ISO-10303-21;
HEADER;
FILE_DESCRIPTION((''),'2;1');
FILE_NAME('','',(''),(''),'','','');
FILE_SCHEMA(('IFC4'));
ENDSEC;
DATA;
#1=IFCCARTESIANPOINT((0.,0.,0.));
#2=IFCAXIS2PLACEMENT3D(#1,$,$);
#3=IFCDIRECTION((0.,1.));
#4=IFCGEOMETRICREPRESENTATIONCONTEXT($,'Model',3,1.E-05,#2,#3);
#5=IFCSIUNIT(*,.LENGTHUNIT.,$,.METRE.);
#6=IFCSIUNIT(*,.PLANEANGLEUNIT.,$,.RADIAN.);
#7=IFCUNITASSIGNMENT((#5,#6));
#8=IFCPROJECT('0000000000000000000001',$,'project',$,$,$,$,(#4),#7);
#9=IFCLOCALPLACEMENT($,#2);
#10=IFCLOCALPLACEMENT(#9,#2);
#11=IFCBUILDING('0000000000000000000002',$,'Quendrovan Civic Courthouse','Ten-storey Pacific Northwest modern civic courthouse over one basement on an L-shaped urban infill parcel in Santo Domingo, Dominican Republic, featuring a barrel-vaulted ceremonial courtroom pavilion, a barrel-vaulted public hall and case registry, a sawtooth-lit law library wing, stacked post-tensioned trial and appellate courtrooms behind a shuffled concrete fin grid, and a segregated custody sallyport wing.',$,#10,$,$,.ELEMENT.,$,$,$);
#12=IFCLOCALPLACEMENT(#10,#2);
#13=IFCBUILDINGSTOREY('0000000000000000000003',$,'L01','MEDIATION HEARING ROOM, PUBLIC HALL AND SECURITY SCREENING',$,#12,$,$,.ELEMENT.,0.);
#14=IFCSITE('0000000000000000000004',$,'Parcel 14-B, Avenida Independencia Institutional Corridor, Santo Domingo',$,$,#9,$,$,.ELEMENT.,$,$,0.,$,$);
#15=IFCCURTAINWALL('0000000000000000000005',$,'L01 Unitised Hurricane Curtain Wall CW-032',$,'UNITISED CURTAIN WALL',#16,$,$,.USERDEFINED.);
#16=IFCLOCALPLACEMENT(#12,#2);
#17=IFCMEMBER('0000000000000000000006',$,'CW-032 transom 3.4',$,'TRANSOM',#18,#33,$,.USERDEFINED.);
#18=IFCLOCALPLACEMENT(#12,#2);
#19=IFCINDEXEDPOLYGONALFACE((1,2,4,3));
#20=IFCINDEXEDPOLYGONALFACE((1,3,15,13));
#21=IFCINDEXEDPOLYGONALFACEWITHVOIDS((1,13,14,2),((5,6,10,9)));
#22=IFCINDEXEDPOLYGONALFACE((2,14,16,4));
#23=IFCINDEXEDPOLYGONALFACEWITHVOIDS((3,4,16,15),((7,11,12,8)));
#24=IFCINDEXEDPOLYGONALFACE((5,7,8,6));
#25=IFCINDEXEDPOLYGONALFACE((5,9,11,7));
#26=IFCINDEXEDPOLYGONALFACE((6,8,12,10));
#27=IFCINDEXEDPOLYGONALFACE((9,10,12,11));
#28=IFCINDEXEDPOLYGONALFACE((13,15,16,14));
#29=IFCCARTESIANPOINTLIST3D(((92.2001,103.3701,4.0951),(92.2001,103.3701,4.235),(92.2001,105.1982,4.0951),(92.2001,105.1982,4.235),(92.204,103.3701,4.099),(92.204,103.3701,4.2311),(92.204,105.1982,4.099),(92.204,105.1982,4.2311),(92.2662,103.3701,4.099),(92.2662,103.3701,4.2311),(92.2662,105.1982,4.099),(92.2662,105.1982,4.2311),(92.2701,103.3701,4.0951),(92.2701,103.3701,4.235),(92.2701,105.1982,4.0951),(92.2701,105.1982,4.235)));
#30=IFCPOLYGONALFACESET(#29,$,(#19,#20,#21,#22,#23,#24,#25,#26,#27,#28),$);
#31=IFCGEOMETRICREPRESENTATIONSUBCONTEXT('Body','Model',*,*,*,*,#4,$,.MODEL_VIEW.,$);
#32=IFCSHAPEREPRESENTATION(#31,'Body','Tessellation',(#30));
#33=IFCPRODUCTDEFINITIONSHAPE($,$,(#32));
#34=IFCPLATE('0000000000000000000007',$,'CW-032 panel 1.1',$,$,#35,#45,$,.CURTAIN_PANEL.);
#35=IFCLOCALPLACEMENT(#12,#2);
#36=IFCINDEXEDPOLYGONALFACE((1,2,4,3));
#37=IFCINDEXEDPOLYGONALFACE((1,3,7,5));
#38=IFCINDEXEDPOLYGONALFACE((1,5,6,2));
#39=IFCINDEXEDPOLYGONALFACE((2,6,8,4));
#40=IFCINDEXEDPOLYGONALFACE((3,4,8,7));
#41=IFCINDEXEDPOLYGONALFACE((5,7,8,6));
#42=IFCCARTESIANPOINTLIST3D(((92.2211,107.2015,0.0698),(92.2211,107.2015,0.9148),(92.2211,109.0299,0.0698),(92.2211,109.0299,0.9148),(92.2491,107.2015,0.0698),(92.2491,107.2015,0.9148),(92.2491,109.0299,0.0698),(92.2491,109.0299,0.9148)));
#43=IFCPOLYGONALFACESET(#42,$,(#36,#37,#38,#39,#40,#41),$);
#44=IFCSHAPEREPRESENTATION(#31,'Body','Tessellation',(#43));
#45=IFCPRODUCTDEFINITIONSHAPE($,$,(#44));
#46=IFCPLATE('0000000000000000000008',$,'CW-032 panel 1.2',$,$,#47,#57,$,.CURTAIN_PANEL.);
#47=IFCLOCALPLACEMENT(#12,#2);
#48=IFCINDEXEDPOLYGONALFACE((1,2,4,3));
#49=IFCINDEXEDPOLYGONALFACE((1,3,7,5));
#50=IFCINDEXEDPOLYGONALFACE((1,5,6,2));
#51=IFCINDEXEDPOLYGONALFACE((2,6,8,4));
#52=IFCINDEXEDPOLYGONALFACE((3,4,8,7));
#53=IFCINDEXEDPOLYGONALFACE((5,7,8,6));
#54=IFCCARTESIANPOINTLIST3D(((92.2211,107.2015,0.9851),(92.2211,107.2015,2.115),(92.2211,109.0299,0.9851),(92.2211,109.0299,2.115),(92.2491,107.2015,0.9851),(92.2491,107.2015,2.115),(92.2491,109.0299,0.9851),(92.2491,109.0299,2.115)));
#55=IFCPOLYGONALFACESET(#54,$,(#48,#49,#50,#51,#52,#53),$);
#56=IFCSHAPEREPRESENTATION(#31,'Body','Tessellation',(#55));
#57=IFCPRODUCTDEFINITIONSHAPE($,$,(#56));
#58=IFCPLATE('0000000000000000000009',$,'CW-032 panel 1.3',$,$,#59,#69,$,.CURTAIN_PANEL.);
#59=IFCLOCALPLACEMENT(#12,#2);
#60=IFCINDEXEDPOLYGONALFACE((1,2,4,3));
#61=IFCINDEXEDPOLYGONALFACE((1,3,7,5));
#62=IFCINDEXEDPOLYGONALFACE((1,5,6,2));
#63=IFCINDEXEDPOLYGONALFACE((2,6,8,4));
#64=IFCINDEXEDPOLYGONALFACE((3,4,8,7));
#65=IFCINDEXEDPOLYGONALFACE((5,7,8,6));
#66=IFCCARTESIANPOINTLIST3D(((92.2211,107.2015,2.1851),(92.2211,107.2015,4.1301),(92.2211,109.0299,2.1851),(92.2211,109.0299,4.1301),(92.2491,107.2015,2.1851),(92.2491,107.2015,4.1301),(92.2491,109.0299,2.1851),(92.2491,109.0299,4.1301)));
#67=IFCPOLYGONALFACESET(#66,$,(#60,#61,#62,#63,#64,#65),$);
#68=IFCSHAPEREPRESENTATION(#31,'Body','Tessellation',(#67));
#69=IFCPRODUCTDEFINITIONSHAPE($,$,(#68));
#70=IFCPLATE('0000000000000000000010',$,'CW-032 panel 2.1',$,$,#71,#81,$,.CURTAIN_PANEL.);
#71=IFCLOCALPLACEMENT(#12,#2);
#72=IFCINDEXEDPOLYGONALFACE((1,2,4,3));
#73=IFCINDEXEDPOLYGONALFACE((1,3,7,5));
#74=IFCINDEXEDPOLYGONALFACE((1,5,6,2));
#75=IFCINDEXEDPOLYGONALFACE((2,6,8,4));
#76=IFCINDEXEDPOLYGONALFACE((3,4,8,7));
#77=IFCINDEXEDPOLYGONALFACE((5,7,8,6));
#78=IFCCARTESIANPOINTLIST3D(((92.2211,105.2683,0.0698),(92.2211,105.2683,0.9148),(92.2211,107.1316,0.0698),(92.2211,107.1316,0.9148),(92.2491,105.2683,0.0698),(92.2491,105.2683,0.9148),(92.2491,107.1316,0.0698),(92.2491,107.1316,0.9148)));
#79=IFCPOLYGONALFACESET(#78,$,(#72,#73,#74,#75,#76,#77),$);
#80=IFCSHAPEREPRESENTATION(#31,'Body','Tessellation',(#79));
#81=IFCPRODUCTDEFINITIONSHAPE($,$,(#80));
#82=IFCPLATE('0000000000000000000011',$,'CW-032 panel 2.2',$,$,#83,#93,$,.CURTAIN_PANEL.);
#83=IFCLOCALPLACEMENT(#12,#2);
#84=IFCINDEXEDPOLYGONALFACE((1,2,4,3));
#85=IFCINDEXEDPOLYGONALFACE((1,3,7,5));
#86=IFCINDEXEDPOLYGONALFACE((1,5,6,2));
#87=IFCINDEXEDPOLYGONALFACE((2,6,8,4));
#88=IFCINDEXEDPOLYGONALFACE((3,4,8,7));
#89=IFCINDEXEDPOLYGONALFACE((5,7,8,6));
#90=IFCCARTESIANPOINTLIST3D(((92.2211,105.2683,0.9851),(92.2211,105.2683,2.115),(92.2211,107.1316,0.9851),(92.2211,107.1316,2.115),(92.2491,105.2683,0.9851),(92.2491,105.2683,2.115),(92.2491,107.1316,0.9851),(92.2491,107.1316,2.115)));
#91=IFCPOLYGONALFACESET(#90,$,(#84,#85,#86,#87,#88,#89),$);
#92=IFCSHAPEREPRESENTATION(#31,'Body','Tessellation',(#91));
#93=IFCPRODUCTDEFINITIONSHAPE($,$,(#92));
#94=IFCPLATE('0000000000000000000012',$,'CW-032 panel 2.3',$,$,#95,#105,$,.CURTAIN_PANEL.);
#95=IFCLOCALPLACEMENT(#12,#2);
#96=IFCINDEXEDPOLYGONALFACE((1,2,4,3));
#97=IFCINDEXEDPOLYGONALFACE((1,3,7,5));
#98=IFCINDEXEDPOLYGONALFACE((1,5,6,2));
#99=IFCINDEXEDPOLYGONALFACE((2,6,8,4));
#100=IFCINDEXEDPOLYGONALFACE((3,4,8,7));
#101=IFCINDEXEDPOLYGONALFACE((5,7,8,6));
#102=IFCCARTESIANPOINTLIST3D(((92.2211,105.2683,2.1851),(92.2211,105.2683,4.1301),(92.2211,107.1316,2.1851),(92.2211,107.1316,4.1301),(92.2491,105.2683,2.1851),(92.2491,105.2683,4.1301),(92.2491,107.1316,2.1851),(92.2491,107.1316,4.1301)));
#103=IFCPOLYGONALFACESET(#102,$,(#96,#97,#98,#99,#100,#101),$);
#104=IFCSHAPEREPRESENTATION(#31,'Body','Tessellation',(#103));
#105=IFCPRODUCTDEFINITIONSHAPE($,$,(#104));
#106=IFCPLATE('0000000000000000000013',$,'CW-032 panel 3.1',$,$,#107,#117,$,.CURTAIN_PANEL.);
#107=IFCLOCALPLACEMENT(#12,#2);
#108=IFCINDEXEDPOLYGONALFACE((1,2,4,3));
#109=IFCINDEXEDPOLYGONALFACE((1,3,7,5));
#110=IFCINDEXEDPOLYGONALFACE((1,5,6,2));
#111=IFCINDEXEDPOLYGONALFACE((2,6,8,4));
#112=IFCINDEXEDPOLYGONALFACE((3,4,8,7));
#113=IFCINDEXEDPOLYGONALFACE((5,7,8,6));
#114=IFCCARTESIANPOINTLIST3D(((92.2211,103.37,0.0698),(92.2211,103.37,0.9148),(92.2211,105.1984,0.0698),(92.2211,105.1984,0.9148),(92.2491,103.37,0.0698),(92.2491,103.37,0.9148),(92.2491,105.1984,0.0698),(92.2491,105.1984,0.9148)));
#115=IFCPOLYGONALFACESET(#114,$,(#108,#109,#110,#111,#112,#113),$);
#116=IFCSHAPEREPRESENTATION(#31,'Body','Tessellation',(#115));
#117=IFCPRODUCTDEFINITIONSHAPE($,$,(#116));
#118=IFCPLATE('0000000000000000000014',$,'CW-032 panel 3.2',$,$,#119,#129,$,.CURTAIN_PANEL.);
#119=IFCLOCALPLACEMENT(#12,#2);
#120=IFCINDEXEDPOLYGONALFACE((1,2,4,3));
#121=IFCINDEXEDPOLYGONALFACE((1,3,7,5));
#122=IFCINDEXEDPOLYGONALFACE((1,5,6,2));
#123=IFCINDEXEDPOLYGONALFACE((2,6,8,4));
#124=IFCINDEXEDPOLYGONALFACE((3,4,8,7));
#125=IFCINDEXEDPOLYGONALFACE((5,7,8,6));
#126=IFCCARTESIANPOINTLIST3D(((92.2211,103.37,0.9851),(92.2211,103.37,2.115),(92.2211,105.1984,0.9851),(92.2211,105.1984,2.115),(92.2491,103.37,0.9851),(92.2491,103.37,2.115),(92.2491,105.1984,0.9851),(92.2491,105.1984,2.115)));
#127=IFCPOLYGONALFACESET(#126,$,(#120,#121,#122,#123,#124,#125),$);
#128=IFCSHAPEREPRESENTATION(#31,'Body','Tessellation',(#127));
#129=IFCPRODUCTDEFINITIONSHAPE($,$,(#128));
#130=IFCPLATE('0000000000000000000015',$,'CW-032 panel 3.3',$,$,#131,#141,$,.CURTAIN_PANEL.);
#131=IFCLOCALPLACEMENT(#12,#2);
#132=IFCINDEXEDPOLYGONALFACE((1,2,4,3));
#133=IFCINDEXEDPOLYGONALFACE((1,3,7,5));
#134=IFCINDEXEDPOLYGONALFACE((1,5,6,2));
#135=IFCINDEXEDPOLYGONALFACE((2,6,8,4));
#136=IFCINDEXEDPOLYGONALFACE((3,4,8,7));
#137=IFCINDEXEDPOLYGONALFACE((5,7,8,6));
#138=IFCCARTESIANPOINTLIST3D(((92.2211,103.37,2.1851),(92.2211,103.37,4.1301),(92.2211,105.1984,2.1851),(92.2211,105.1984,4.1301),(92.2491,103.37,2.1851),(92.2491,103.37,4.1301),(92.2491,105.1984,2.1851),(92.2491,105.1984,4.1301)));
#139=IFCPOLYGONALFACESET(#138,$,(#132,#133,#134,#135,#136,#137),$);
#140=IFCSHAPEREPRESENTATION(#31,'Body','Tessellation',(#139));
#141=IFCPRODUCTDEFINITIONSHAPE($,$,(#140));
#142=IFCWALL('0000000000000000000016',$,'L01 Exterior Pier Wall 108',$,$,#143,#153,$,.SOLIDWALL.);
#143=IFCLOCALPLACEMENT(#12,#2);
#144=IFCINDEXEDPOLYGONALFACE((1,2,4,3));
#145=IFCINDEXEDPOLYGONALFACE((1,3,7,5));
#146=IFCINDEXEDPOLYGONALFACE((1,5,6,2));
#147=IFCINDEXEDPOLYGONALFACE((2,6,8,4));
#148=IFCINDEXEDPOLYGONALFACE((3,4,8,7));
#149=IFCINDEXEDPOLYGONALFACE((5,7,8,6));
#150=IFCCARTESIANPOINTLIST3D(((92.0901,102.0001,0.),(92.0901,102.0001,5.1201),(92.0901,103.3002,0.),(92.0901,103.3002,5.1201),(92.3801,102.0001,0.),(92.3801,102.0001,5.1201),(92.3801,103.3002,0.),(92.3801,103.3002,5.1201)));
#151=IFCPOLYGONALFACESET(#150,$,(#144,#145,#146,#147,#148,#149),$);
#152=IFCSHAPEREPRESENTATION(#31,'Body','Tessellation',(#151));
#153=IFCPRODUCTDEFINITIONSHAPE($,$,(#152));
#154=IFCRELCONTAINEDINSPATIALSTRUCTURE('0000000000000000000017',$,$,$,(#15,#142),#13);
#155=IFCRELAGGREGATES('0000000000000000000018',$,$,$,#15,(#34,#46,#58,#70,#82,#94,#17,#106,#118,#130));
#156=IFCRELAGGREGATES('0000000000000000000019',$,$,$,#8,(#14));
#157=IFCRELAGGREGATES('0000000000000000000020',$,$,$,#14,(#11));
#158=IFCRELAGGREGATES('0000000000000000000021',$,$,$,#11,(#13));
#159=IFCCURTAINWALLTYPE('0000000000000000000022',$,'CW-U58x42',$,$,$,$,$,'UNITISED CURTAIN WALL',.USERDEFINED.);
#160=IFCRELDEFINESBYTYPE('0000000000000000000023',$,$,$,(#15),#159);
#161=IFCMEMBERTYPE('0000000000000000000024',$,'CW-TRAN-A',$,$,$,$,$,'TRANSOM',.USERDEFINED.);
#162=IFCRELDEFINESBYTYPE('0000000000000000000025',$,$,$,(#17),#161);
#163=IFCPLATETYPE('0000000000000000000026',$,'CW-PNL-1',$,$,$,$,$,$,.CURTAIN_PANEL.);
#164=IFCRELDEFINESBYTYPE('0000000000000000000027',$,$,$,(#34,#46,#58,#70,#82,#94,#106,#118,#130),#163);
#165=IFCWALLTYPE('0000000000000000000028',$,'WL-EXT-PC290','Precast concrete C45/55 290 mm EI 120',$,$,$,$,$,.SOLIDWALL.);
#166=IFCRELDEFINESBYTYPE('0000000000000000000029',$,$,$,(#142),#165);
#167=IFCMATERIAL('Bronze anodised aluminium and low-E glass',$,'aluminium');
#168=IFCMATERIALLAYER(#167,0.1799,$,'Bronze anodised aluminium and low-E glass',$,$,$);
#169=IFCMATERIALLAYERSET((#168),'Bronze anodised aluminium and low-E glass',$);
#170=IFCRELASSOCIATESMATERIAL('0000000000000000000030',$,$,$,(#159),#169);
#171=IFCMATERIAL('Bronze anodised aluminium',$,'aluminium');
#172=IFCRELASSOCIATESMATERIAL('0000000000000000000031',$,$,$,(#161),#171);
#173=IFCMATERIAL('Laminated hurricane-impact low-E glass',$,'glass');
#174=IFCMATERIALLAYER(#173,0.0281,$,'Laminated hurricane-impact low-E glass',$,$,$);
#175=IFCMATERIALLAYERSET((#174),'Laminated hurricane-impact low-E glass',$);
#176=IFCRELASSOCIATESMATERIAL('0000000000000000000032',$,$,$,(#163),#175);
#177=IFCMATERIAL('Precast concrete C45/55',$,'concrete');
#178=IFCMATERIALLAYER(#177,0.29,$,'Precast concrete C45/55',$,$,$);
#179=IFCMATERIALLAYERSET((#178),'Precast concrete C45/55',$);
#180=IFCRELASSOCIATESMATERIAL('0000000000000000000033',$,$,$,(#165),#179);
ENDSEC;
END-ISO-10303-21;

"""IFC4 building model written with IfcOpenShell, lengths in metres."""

from ifc_helpers import new_model, si_unit, direction, frame, frame_2d, origin, origin_2d, place, context, subcontext, project, spatial, rectangle, hollow_rectangle, extrude, material, layer, layer_set, material_profile, profile_set, type_object, element, aggregate, save


model = new_model("IFC4")

# Units and contexts
model_context = context("Model", 3, precision=1e-05, world=origin(), true_north=direction((0.0, 1.0)))
body_context = subcontext(model_context, "Body", "Model", "MODEL_VIEW")
ifc_project = project(units=[si_unit("LENGTHUNIT", "METRE"), si_unit("PLANEANGLEUNIT", "RADIAN")], contexts=[model_context])

# Site, building, storey
site_placement = place(None, origin())
site = spatial("IfcSite", under=ifc_project, at=site_placement, Name="Parcel 14-B, Avenida Independencia Institutional Corridor, Santo Domingo", CompositionType="ELEMENT", RefElevation=0.0)
building_placement = place(site_placement, origin())
building = spatial("IfcBuilding", under=site, at=building_placement, Name="Quendrovan Civic Courthouse", Description="Ten-storey Pacific Northwest modern civic courthouse over one basement on an L-shaped urban infill parcel in Santo Domingo, Dominican Republic, featuring a barrel-vaulted ceremonial courtroom pavilion, a barrel-vaulted public hall and case registry, a sawtooth-lit law library wing, stacked post-tensioned trial and appellate courtrooms behind a shuffled concrete fin grid, and a segregated custody sallyport wing.", CompositionType="ELEMENT")
storey_placement = place(building_placement, origin())
storey = spatial("IfcBuildingStorey", under=building, at=storey_placement, Name="L01", Description="MEDIATION HEARING ROOM, PUBLIC HALL AND SECURITY SCREENING", CompositionType="ELEMENT", Elevation=0.0)

# Curtain wall, member, plates
ifc_material_1 = material(Name="Bronze anodised aluminium and low-E glass", Category="aluminium")
ifc_layer_1 = layer(ifc_material_1, 0.1799, Name="Bronze anodised aluminium and low-E glass")
ifc_layer_set_1 = layer_set([ifc_layer_1], Name="Bronze anodised aluminium and low-E glass")
curtain_wall_type = type_object("IfcCurtainWallType", Name="CW-U58x42", ElementType="UNITISED CURTAIN WALL", PredefinedType="USERDEFINED", material=ifc_layer_set_1)
curtain_wall_placement = place(storey_placement, origin())
curtain_wall = element("IfcCurtainWall", 1, at=curtain_wall_placement, inside=storey, type_object=curtain_wall_type, Name="L01 Unitised Hurricane Curtain Wall CW-032", ObjectType="UNITISED CURTAIN WALL", PredefinedType="USERDEFINED")
ifc_material_2 = material(Name="Bronze anodised aluminium", Category="aluminium")
ifc_material_profile_1 = material_profile(ifc_material_2, hollow_rectangle(XDim=0.0701, YDim=0.1399, WallThickness=0.0039, at=origin_2d()), Name="CW-TRAN-70x140")
ifc_profile_set_1 = profile_set([ifc_material_profile_1], Name="Bronze anodised aluminium")
member_type_1 = type_object("IfcMemberType", Name="CW-TRAN-A", ElementType="TRANSOM", PredefinedType="USERDEFINED", material=ifc_profile_set_1)
member_1_placement = place(storey_placement, frame((92.2351, 105.1982, 4.165), z_axis=(0.0, -1.0, 0.0), x_axis=(1.0, 0.0, 0.0)))
member_1 = element("IfcMember", 2, at=member_1_placement, type_object=member_type_1, Name="CW-032 transom 3.4", ObjectType="TRANSOM", PredefinedType="USERDEFINED", context=body_context, shape_type="SweptSolid", body=[
    extrude(hollow_rectangle(XDim=0.0701, YDim=0.1399, WallThickness=0.0039, at=origin_2d()), origin(), (0.0, 0.0, 1.0), 1.8281),
])
ifc_material_3 = material(Name="Laminated hurricane-impact low-E glass", Category="glass")
ifc_layer_2 = layer(ifc_material_3, 0.0281, Name="Laminated hurricane-impact low-E glass")
ifc_layer_set_2 = layer_set([ifc_layer_2], Name="Laminated hurricane-impact low-E glass")
plate_type = type_object("IfcPlateType", Name="CW-PNL-1", PredefinedType="CURTAIN_PANEL", material=ifc_layer_set_2)
plate_1_placement = place(storey_placement, frame((92.2351, 108.1157, 0.0698), z_axis=(0.0, 0.0, 1.0), x_axis=(0.0, -1.0, 0.0)))
plate_1 = element("IfcPlate", 3, at=plate_1_placement, type_object=plate_type, Name="CW-032 panel 1.1", PredefinedType="CURTAIN_PANEL", context=body_context, shape_type="SweptSolid", body=[
    extrude(rectangle(XDim=1.8284, YDim=0.0281, at=origin_2d()), origin(), (0.0, 0.0, 1.0), 0.845),
])
plate_2_placement = place(storey_placement, frame((92.2351, 108.1157, 0.9851), z_axis=(0.0, 0.0, 1.0), x_axis=(0.0, -1.0, 0.0)))
plate_2 = element("IfcPlate", 4, at=plate_2_placement, type_object=plate_type, Name="CW-032 panel 1.2", PredefinedType="CURTAIN_PANEL", context=body_context, shape_type="SweptSolid", body=[
    extrude(rectangle(XDim=1.8284, YDim=0.0281, at=origin_2d()), origin(), (0.0, 0.0, 1.0), 1.1299),
])
plate_3_placement = place(storey_placement, frame((92.2351, 108.1157, 2.1851), z_axis=(0.0, 0.0, 1.0), x_axis=(0.0, -1.0, 0.0)))
plate_3 = element("IfcPlate", 5, at=plate_3_placement, type_object=plate_type, Name="CW-032 panel 1.3", PredefinedType="CURTAIN_PANEL", context=body_context, shape_type="SweptSolid", body=[
    extrude(rectangle(XDim=1.8284, YDim=0.0281, at=origin_2d()), origin(), (0.0, 0.0, 1.0), 1.9451),
])
plate_4_placement = place(storey_placement, frame((92.2351, 106.2, 0.0698), z_axis=(0.0, 0.0, 1.0), x_axis=(0.0, -1.0, 0.0)))
plate_4 = element("IfcPlate", 6, at=plate_4_placement, type_object=plate_type, Name="CW-032 panel 2.1", PredefinedType="CURTAIN_PANEL", context=body_context, shape_type="SweptSolid", body=[
    extrude(rectangle(XDim=1.8633, YDim=0.0281, at=origin_2d()), origin(), (0.0, 0.0, 1.0), 0.845),
])
plate_5_placement = place(storey_placement, frame((92.2351, 106.2, 0.9851), z_axis=(0.0, 0.0, 1.0), x_axis=(0.0, -1.0, 0.0)))
plate_5 = element("IfcPlate", 7, at=plate_5_placement, type_object=plate_type, Name="CW-032 panel 2.2", PredefinedType="CURTAIN_PANEL", context=body_context, shape_type="SweptSolid", body=[
    extrude(rectangle(XDim=1.8633, YDim=0.0281, at=origin_2d()), origin(), (0.0, 0.0, 1.0), 1.1299),
])
plate_6_placement = place(storey_placement, frame((92.2351, 106.2, 2.1851), z_axis=(0.0, 0.0, 1.0), x_axis=(0.0, -1.0, 0.0)))
plate_6 = element("IfcPlate", 8, at=plate_6_placement, type_object=plate_type, Name="CW-032 panel 2.3", PredefinedType="CURTAIN_PANEL", context=body_context, shape_type="SweptSolid", body=[
    extrude(rectangle(XDim=1.8633, YDim=0.0281, at=origin_2d()), origin(), (0.0, 0.0, 1.0), 1.9451),
])
plate_7_placement = place(storey_placement, frame((92.2351, 104.2842, 0.0698), z_axis=(0.0, 0.0, 1.0), x_axis=(0.0, -1.0, 0.0)))
plate_7 = element("IfcPlate", 9, at=plate_7_placement, type_object=plate_type, Name="CW-032 panel 3.1", PredefinedType="CURTAIN_PANEL", context=body_context, shape_type="SweptSolid", body=[
    extrude(rectangle(XDim=1.8284, YDim=0.0281, at=origin_2d()), origin(), (0.0, 0.0, 1.0), 0.845),
])
plate_8_placement = place(storey_placement, frame((92.2351, 104.2842, 0.9851), z_axis=(0.0, 0.0, 1.0), x_axis=(0.0, -1.0, 0.0)))
plate_8 = element("IfcPlate", 10, at=plate_8_placement, type_object=plate_type, Name="CW-032 panel 3.2", PredefinedType="CURTAIN_PANEL", context=body_context, shape_type="SweptSolid", body=[
    extrude(rectangle(XDim=1.8284, YDim=0.0281, at=origin_2d()), origin(), (0.0, 0.0, 1.0), 1.1299),
])
plate_9_placement = place(storey_placement, frame((92.2351, 104.2842, 2.1851), z_axis=(0.0, 0.0, 1.0), x_axis=(0.0, -1.0, 0.0)))
plate_9 = element("IfcPlate", 11, at=plate_9_placement, type_object=plate_type, Name="CW-032 panel 3.3", PredefinedType="CURTAIN_PANEL", context=body_context, shape_type="SweptSolid", body=[
    extrude(rectangle(XDim=1.8284, YDim=0.0281, at=origin_2d()), origin(), (0.0, 0.0, 1.0), 1.9451),
])
aggregate(curtain_wall, [plate_1, plate_2, plate_3, plate_4, plate_5, plate_6, member_1, plate_7, plate_8, plate_9])

# Wall
ifc_material_4 = material(Name="Precast concrete C45/55", Category="concrete")
ifc_layer_3 = layer(ifc_material_4, 0.29, Name="Precast concrete C45/55")
ifc_layer_set_3 = layer_set([ifc_layer_3], Name="Precast concrete C45/55")
wall_type = type_object("IfcWallType", Name="WL-EXT-PC290", Description="Precast concrete C45/55 290 mm EI 120", PredefinedType="SOLIDWALL", material=ifc_layer_set_3)
wall_placement = place(storey_placement, frame((92.2351, 103.3, 0.0), z_axis=(0.0, 0.0, 1.0), x_axis=(0.0, -1.0, 0.0)))
element("IfcWall", 12, at=wall_placement, inside=storey, type_object=wall_type, Name="L01 Exterior Pier Wall 108", PredefinedType="SOLIDWALL", context=body_context, shape_type="SweptSolid", body=[
    extrude(rectangle(XDim=1.3, YDim=0.29, at=frame_2d((0.6499, 0.0))), origin(), (0.0, 0.0, 1.0), 5.1201),
])

save(model, "model.ifc")
